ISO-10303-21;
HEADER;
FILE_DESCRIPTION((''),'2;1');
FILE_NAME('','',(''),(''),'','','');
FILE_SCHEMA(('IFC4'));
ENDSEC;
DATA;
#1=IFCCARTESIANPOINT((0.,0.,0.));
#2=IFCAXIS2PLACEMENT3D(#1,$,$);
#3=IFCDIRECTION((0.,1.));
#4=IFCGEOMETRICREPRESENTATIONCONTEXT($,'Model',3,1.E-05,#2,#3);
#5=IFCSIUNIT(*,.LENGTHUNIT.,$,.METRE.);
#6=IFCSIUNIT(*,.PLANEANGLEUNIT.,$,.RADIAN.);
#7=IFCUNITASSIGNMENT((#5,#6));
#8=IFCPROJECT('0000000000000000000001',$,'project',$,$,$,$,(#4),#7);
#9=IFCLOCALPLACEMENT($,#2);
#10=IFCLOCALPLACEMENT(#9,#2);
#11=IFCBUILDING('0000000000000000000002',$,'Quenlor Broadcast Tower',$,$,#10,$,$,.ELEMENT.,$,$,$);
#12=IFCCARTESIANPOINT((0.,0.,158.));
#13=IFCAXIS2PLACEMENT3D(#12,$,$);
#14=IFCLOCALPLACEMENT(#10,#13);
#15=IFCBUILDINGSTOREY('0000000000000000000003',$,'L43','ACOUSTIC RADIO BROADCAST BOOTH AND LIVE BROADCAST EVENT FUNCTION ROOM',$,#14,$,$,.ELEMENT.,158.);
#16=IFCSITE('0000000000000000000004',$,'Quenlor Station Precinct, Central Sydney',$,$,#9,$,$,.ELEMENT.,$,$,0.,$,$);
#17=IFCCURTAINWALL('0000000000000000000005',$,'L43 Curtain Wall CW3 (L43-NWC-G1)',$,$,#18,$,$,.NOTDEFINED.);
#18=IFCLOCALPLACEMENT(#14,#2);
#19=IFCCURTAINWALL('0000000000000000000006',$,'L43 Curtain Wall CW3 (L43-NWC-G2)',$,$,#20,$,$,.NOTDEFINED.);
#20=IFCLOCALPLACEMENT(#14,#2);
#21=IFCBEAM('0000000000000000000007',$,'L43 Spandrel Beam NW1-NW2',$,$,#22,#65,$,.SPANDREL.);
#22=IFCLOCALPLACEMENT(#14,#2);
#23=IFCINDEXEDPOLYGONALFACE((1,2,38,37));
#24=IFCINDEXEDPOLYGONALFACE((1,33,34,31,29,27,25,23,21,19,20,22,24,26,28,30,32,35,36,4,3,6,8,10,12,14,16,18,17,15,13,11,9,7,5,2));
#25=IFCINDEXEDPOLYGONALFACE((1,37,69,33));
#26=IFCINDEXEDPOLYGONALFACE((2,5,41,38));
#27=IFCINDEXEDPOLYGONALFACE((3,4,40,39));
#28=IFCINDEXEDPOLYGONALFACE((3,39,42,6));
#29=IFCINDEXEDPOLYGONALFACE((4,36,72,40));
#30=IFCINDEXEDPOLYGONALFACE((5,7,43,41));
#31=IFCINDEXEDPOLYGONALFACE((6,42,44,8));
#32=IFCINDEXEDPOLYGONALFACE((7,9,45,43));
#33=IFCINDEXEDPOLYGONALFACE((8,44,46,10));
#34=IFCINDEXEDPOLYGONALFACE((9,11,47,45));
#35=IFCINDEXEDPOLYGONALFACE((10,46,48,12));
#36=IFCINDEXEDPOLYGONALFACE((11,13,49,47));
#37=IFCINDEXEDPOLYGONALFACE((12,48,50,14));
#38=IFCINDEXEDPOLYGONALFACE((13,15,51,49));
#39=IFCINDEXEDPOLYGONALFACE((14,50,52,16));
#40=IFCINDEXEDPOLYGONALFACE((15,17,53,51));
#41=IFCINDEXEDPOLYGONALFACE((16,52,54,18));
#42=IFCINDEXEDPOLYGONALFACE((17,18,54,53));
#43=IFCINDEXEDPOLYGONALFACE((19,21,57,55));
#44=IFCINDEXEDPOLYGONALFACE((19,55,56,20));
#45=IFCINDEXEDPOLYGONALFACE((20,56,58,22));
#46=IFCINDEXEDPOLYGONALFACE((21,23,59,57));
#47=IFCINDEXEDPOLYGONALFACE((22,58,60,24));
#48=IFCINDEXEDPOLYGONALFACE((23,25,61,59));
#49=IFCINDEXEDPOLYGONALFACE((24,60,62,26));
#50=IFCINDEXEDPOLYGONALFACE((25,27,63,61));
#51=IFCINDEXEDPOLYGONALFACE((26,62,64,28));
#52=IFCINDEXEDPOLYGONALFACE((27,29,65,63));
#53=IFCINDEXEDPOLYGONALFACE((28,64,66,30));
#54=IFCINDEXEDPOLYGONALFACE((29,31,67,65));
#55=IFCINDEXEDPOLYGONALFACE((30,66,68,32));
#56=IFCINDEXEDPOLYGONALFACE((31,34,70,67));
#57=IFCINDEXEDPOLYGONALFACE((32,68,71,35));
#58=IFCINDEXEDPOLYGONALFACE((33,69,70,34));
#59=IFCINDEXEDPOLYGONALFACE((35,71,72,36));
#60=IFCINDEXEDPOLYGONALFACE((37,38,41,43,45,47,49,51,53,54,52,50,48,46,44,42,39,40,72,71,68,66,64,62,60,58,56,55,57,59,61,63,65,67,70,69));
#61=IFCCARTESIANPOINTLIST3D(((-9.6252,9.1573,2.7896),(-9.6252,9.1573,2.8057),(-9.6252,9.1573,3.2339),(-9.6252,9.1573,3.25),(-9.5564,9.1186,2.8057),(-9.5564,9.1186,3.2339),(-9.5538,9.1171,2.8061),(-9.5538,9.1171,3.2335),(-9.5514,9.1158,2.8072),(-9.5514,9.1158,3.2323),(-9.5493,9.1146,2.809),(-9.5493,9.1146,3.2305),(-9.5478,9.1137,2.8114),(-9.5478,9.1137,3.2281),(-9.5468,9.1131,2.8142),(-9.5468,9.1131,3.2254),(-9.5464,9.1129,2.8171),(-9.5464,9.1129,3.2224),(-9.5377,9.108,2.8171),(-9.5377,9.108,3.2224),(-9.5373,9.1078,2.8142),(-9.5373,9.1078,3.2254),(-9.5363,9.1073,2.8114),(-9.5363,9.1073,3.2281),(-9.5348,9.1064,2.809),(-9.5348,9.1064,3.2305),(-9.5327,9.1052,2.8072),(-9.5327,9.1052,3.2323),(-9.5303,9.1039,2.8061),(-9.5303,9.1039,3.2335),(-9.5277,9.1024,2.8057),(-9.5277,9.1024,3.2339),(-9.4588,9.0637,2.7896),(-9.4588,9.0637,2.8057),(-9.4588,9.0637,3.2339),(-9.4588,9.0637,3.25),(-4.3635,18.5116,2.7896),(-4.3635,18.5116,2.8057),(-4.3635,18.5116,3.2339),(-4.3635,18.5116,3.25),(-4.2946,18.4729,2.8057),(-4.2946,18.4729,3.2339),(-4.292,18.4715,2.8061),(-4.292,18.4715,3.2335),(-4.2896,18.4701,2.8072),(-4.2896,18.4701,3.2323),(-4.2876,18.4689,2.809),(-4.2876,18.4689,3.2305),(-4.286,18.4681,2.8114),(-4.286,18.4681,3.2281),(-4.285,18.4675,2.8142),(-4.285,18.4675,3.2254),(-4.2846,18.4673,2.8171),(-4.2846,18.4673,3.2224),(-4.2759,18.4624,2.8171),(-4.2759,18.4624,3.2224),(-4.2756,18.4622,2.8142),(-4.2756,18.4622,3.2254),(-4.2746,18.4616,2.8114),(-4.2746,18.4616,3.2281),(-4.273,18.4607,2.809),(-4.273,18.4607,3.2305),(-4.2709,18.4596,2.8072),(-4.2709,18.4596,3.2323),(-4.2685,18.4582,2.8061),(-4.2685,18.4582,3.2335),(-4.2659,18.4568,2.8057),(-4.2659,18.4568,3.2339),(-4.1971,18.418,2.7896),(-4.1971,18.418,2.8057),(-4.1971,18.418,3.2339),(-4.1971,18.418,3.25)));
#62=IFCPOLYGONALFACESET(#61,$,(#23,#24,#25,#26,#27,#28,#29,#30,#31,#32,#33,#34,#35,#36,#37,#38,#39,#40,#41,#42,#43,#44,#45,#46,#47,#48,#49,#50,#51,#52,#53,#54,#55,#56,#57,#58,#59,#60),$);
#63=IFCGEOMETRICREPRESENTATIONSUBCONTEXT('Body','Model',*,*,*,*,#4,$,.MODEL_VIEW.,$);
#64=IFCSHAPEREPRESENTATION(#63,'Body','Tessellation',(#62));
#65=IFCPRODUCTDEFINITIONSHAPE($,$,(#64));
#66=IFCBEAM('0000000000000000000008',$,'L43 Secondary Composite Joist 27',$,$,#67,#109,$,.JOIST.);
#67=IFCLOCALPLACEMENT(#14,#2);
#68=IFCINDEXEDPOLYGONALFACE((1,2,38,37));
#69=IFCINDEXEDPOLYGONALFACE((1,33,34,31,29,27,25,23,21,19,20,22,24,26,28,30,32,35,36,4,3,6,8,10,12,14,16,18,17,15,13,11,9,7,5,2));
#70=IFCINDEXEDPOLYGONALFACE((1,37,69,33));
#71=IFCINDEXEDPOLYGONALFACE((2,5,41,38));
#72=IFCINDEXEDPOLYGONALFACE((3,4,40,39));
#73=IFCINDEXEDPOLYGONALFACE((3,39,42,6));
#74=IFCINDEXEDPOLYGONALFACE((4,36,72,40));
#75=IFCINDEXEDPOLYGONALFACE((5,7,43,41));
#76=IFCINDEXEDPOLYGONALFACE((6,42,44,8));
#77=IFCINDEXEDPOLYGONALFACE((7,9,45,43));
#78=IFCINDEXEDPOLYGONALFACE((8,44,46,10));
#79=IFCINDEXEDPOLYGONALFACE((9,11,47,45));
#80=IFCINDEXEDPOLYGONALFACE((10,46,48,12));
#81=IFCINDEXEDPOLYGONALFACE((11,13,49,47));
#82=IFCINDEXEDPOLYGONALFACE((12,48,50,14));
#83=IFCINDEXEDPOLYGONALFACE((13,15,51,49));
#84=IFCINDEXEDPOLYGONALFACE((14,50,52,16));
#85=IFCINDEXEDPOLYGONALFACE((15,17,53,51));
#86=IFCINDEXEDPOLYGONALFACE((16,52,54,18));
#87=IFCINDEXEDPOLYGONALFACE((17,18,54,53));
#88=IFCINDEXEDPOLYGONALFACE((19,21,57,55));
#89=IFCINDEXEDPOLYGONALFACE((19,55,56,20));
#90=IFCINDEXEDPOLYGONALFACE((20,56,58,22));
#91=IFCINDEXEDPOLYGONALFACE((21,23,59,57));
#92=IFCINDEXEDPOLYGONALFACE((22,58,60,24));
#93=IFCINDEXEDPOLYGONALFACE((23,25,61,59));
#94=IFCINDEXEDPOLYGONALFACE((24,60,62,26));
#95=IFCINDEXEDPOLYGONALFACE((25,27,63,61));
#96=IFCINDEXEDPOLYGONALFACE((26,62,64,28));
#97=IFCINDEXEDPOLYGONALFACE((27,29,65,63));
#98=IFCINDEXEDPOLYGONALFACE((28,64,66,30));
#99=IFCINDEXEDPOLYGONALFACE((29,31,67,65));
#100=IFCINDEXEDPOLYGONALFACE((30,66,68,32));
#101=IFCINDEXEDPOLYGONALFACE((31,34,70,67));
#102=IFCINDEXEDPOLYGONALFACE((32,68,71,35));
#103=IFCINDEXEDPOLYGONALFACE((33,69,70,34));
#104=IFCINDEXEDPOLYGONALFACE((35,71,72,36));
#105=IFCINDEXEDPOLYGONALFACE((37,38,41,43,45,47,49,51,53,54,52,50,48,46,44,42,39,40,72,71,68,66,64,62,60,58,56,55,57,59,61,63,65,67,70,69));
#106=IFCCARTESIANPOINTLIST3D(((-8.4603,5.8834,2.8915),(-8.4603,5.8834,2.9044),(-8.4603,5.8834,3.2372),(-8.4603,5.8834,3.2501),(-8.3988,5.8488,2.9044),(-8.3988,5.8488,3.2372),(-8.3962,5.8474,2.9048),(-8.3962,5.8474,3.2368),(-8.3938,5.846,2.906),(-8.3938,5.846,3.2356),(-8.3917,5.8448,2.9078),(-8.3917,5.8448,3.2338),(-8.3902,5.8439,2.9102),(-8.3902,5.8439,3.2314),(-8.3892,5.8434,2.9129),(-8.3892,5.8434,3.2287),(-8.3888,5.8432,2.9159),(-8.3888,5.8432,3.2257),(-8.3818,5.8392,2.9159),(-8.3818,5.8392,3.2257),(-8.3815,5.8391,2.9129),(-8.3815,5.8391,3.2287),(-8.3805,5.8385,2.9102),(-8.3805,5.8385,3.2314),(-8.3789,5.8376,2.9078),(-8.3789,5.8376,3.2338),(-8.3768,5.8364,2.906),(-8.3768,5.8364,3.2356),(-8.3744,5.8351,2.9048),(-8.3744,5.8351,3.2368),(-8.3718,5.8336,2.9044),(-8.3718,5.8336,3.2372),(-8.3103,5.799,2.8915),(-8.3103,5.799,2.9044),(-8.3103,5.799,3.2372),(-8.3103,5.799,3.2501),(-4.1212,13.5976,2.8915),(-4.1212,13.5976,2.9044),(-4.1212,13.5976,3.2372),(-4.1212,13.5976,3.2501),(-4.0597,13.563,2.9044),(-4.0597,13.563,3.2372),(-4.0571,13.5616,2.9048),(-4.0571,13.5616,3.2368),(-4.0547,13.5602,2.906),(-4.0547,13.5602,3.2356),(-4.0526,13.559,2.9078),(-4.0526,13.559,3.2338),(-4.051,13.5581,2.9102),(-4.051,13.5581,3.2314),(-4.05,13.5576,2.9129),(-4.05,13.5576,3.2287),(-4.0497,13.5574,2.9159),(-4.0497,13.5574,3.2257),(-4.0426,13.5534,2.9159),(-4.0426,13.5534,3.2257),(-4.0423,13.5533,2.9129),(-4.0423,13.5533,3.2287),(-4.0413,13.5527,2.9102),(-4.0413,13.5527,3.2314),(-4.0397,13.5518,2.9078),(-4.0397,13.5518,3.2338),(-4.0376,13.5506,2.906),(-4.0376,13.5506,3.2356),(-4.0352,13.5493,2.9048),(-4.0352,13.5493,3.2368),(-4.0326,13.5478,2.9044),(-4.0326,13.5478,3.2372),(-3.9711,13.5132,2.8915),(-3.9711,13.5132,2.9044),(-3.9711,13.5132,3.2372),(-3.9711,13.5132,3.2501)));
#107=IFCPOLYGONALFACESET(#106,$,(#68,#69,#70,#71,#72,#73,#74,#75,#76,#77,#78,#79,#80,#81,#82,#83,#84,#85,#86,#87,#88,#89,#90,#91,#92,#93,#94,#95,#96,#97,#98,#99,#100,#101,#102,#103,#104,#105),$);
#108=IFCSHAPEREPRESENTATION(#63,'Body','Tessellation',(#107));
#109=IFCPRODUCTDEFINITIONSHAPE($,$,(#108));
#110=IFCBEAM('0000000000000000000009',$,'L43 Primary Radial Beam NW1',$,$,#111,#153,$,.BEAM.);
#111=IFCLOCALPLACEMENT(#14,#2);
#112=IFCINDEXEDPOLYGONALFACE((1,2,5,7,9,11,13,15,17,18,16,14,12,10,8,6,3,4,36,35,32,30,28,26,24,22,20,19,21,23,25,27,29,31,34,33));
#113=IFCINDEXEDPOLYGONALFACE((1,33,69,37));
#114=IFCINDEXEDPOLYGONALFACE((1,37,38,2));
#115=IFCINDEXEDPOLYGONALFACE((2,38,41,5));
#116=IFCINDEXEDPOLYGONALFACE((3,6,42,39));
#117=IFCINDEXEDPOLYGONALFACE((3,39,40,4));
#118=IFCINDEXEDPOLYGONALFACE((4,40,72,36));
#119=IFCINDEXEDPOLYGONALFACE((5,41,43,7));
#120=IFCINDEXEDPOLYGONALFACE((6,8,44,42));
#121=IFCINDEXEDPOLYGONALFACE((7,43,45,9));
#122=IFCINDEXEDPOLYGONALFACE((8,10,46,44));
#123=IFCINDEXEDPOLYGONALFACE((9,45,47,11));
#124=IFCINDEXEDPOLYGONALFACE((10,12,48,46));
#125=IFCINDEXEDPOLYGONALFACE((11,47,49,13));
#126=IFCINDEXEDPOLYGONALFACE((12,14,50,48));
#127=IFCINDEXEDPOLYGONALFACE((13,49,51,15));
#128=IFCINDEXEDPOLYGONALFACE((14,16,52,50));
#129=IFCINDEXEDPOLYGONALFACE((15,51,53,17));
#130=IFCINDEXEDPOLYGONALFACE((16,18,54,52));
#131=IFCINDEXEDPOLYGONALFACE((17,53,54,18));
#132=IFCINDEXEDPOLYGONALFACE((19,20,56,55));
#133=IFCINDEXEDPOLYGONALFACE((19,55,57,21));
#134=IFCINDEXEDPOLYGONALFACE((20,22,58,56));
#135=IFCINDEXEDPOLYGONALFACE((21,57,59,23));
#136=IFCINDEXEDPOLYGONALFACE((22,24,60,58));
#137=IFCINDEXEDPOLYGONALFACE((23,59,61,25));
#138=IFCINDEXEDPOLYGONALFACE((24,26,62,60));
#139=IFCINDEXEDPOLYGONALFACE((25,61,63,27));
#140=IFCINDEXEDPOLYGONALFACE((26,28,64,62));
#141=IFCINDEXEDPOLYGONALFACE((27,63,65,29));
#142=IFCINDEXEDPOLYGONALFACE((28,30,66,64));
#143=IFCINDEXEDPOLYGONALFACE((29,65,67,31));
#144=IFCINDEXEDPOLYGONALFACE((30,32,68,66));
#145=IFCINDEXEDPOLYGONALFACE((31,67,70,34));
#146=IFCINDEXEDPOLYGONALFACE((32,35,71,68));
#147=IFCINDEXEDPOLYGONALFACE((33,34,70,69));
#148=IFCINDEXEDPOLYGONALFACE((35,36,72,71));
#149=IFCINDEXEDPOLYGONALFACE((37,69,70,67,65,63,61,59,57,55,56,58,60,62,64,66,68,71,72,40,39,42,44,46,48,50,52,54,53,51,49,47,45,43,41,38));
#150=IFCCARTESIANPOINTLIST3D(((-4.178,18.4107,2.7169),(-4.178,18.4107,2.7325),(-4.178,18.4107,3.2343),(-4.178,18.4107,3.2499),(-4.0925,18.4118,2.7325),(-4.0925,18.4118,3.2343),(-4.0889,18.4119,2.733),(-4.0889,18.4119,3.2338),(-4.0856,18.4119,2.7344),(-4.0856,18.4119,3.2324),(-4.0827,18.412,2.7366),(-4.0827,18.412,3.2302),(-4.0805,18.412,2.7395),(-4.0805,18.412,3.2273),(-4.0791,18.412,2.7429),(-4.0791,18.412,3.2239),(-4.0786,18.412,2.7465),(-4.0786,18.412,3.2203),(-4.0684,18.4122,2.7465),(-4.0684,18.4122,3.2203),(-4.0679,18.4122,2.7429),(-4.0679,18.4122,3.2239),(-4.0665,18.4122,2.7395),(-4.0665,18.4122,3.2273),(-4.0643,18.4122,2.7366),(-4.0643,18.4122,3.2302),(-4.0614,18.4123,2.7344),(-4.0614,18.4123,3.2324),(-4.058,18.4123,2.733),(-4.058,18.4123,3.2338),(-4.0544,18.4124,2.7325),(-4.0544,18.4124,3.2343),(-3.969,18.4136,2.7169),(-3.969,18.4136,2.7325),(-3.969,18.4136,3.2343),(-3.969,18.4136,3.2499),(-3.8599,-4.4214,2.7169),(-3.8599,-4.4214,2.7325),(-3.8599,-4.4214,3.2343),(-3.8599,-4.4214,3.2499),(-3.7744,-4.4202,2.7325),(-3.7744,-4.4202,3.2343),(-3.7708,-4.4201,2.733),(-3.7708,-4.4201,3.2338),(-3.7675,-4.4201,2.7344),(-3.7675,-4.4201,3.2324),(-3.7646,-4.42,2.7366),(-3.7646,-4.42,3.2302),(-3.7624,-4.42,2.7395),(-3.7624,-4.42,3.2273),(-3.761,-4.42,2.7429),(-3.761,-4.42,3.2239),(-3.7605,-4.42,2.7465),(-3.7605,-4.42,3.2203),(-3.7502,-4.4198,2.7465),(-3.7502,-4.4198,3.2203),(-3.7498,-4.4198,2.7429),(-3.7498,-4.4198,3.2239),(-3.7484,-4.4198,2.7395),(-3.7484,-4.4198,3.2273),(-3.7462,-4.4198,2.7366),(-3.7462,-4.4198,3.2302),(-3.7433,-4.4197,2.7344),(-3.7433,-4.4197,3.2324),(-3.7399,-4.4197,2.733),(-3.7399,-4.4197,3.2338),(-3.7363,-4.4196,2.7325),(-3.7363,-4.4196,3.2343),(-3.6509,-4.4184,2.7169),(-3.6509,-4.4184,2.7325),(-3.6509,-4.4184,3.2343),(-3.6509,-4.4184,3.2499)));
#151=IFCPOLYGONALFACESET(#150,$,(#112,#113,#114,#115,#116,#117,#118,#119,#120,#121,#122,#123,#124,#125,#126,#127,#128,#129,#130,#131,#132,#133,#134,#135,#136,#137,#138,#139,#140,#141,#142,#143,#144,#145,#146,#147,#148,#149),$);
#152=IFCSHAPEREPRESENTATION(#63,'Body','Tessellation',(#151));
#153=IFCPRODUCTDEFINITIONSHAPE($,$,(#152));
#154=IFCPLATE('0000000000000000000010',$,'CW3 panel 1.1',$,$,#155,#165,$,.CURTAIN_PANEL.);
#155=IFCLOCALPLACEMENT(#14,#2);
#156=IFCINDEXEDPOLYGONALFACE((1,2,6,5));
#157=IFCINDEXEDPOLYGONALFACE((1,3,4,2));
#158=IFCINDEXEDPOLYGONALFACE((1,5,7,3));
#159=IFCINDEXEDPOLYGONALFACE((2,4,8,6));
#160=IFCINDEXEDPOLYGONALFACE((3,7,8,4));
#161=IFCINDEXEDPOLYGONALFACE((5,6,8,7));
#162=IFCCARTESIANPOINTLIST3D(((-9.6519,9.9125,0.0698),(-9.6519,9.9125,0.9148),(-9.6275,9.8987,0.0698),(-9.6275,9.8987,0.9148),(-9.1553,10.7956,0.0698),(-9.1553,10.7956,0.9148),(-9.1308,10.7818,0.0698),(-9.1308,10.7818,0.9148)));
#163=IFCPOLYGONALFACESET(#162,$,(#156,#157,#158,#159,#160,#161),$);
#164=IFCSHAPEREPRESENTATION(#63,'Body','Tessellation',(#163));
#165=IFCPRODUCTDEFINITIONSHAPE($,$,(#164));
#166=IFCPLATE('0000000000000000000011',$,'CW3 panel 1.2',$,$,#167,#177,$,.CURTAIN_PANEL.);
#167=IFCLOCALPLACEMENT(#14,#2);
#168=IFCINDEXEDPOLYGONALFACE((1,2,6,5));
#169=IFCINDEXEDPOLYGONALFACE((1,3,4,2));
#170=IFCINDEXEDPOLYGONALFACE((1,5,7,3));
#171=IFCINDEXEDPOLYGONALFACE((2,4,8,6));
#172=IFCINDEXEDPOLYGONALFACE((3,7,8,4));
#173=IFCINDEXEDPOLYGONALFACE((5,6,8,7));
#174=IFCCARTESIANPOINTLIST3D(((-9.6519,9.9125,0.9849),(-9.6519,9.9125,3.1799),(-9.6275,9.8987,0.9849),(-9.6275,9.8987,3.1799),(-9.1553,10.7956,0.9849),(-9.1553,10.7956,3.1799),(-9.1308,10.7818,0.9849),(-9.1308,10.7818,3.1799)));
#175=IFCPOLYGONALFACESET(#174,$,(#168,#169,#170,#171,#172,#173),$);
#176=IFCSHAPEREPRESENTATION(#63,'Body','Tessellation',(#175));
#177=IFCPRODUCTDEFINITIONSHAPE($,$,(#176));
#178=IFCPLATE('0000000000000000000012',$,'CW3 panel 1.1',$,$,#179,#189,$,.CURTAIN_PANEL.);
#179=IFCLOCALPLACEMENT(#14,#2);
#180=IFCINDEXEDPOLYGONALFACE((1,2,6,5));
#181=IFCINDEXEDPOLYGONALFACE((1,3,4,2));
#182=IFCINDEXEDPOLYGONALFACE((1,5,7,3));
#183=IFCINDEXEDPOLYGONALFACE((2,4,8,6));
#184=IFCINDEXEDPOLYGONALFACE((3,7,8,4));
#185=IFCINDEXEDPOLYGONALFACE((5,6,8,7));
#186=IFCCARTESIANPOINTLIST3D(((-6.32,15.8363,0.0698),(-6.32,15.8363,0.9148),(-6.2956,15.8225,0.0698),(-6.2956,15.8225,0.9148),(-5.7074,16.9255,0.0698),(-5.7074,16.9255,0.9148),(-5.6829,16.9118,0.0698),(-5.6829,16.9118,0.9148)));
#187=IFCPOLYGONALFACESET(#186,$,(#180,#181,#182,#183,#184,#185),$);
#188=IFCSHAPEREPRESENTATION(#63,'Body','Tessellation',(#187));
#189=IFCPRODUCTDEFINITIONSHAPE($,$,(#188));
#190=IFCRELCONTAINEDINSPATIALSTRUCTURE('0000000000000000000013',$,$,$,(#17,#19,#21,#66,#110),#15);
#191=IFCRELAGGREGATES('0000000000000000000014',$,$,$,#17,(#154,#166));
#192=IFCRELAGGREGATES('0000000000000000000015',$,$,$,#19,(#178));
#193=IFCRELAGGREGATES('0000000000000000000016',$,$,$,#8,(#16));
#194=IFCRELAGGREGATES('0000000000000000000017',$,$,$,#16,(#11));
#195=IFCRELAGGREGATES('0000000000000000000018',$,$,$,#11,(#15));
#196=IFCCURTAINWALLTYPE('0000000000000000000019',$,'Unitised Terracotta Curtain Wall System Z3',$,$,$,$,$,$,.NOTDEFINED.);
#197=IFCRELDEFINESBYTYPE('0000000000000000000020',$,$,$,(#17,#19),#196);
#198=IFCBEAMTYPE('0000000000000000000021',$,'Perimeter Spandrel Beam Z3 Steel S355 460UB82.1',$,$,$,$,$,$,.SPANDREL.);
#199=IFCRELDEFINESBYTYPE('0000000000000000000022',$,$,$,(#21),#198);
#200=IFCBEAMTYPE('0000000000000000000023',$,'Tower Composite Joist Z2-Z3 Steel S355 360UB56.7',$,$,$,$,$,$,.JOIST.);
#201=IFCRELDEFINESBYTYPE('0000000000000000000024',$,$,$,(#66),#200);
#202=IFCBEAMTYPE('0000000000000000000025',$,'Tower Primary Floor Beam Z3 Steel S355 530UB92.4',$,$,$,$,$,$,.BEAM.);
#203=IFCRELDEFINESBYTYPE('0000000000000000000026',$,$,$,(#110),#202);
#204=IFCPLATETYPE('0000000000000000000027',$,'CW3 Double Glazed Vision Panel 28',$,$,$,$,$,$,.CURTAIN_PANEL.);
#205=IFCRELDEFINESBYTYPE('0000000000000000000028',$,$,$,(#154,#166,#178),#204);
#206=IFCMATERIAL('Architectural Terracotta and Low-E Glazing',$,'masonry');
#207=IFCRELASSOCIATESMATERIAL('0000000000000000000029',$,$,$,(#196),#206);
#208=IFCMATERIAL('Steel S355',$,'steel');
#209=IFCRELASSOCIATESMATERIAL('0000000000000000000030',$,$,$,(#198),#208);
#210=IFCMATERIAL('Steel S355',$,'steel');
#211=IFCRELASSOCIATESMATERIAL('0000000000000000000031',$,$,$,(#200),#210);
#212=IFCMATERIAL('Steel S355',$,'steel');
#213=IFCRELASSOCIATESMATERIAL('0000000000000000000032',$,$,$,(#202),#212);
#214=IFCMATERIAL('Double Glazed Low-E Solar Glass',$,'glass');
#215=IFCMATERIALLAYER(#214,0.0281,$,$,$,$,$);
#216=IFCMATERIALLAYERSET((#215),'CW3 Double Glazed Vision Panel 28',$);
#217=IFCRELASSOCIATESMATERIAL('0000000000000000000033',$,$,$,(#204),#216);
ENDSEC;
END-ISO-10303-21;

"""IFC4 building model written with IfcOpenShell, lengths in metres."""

from ifc_helpers import new_model, si_unit, direction, frame, origin, origin_2d, place, context, subcontext, project, spatial, rectangle, i_section, extrude, material, layer, layer_set, material_profile, profile_set, type_object, element, aggregate, save


model = new_model("IFC4")

# Units and contexts
model_context = context("Model", 3, precision=1e-05, world=origin(), true_north=direction((0.0, 1.0)))
body_context = subcontext(model_context, "Body", "Model", "MODEL_VIEW")
ifc_project = project(units=[si_unit("LENGTHUNIT", "METRE"), si_unit("PLANEANGLEUNIT", "RADIAN")], contexts=[model_context])

# Site, building, storey
site_placement = place(None, origin())
site = spatial("IfcSite", under=ifc_project, at=site_placement, Name="Quenlor Station Precinct, Central Sydney", CompositionType="ELEMENT", RefElevation=0.0)
building_placement = place(site_placement, origin())
building = spatial("IfcBuilding", under=site, at=building_placement, Name="Quenlor Broadcast Tower", CompositionType="ELEMENT")
storey_placement = place(building_placement, frame((0.0, 0.0, 158.0)))
storey = spatial("IfcBuildingStorey", under=building, at=storey_placement, Name="L43", Description="ACOUSTIC RADIO BROADCAST BOOTH AND LIVE BROADCAST EVENT FUNCTION ROOM", CompositionType="ELEMENT", Elevation=158.0)

# Curtain wall
ifc_material_1 = material(Name="Architectural Terracotta and Low-E Glazing", Category="masonry")
curtain_wall_type = type_object("IfcCurtainWallType", Name="Unitised Terracotta Curtain Wall System Z3", PredefinedType="NOTDEFINED", material=ifc_material_1)
curtain_wall_1_placement = place(storey_placement, origin())
curtain_wall_1 = element("IfcCurtainWall", 1, at=curtain_wall_1_placement, inside=storey, type_object=curtain_wall_type, Name="L43 Curtain Wall CW3 (L43-NWC-G1)", PredefinedType="NOTDEFINED")

# Curtain wall
curtain_wall_2_placement = place(storey_placement, origin())
curtain_wall_2 = element("IfcCurtainWall", 2, at=curtain_wall_2_placement, inside=storey, type_object=curtain_wall_type, Name="L43 Curtain Wall CW3 (L43-NWC-G2)", PredefinedType="NOTDEFINED")

# Beams
ifc_material_2 = material(Name="Steel S355", Category="steel")
ifc_material_profile_1 = material_profile(ifc_material_2, i_section(OverallWidth=0.1909, OverallDepth=0.4604, WebThickness=0.01, FlangeThickness=0.0161, FilletRadius=0.0115, at=origin_2d()))
ifc_profile_set_1 = profile_set([ifc_material_profile_1], Name="Steel S355 460UB82.1")
beam_type_1 = type_object("IfcBeamType", Name="Perimeter Spandrel Beam Z3 Steel S355 460UB82.1", PredefinedType="SPANDREL", material=ifc_profile_set_1)
beam_1_placement = place(storey_placement, frame((-4.2803, 18.4648, 3.0198), z_axis=(-0.490258, -0.871577, 0.0), x_axis=(0.871577, -0.490258, 0.0)))
element("IfcBeam", 3, at=beam_1_placement, inside=storey, type_object=beam_type_1, Name="L43 Spandrel Beam NW1-NW2", PredefinedType="SPANDREL", context=body_context, shape_type="SweptSolid", body=[
    extrude(i_section(OverallWidth=0.1909, OverallDepth=0.4604, WebThickness=0.01, FlangeThickness=0.0161, FilletRadius=0.0115, at=origin_2d()), origin(), (0.0, 0.0, 1.0), 10.7327),
])
ifc_material_3 = material(Name="Steel S355", Category="steel")
ifc_material_profile_2 = material_profile(ifc_material_3, i_section(OverallWidth=0.1721, OverallDepth=0.3586, WebThickness=0.0081, FlangeThickness=0.0129, FilletRadius=0.0115, at=origin_2d()))
ifc_profile_set_2 = profile_set([ifc_material_profile_2], Name="Steel S355 360UB56.7")
beam_type_2 = type_object("IfcBeamType", Name="Tower Composite Joist Z2-Z3 Steel S355 360UB56.7", PredefinedType="JOIST", material=ifc_profile_set_2)
beam_2_placement = place(storey_placement, frame((-4.0461, 13.5554, 3.0708), z_axis=(-0.490255, -0.871579, 0.0), x_axis=(0.871579, -0.490255, 0.0)))
element("IfcBeam", 4, at=beam_2_placement, inside=storey, type_object=beam_type_2, Name="L43 Secondary Composite Joist 27", PredefinedType="JOIST", context=body_context, shape_type="SweptSolid", body=[
    extrude(i_section(OverallWidth=0.1721, OverallDepth=0.3586, WebThickness=0.0081, FlangeThickness=0.0129, FilletRadius=0.0115, at=origin_2d()), origin(), (0.0, 0.0, 1.0), 8.8508),
])
ifc_material_4 = material(Name="Steel S355", Category="steel")
ifc_material_profile_3 = material_profile(ifc_material_4, i_section(OverallWidth=0.209, OverallDepth=0.533, WebThickness=0.0103, FlangeThickness=0.0156, FilletRadius=0.0139, at=origin_2d()))
ifc_profile_set_3 = profile_set([ifc_material_profile_3], Name="Steel S355 530UB92.4")
beam_type_3 = type_object("IfcBeamType", Name="Tower Primary Floor Beam Z3 Steel S355 530UB92.4", PredefinedType="BEAM", material=ifc_profile_set_3)
beam_3_placement = place(storey_placement, frame((-4.0735, 18.4121, 2.9834), z_axis=(0.013931, -0.999903, 0.0), x_axis=(0.999903, 0.013931, 0.0)))
element("IfcBeam", 5, at=beam_3_placement, inside=storey, type_object=beam_type_3, Name="L43 Primary Radial Beam NW1", PredefinedType="BEAM", context=body_context, shape_type="SweptSolid", body=[
    extrude(i_section(OverallWidth=0.209, OverallDepth=0.533, WebThickness=0.0103, FlangeThickness=0.0156, FilletRadius=0.0139, at=origin_2d()), origin(), (0.0, 0.0, 1.0), 22.8342),
])

# Plates
ifc_material_5 = material(Name="Double Glazed Low-E Solar Glass", Category="glass")
ifc_layer_1 = layer(ifc_material_5, 0.0281)
ifc_layer_set_1 = layer_set([ifc_layer_1], Name="CW3 Double Glazed Vision Panel 28")
plate_type_1 = type_object("IfcPlateType", Name="CW3 Double Glazed Vision Panel 28", PredefinedType="CURTAIN_PANEL", material=ifc_layer_set_1)
plate_1_placement = place(storey_placement, frame((-9.3914, 10.3472, 0.0698), z_axis=(0.0, 0.0, 1.0), x_axis=(0.490216, 0.871601, 0.0)))
plate_1 = element("IfcPlate", 6, at=plate_1_placement, type_object=plate_type_1, Name="CW3 panel 1.1", PredefinedType="CURTAIN_PANEL", context=body_context, shape_type="SweptSolid", body=[
    extrude(rectangle(XDim=1.0132, YDim=0.0281, at=origin_2d()), origin(), (0.0, 0.0, 1.0), 0.845),
])
plate_2_placement = place(storey_placement, frame((-9.3914, 10.3472, 0.9849), z_axis=(0.0, 0.0, 1.0), x_axis=(0.490216, 0.871601, 0.0)))
plate_2 = element("IfcPlate", 7, at=plate_2_placement, type_object=plate_type_1, Name="CW3 panel 1.2", PredefinedType="CURTAIN_PANEL", context=body_context, shape_type="SweptSolid", body=[
    extrude(rectangle(XDim=1.0132, YDim=0.0281, at=origin_2d()), origin(), (0.0, 0.0, 1.0), 2.1951),
])
aggregate(curtain_wall_1, [plate_1, plate_2])
plate_3_placement = place(storey_placement, frame((-6.0015, 16.374, 0.0698), z_axis=(0.0, 0.0, 1.0), x_axis=(0.49023, 0.871593, 0.0)))
plate_3 = element("IfcPlate", 8, at=plate_3_placement, type_object=plate_type_1, Name="CW3 panel 1.1", PredefinedType="CURTAIN_PANEL", context=body_context, shape_type="SweptSolid", body=[
    extrude(rectangle(XDim=1.2498, YDim=0.0281, at=origin_2d()), origin(), (0.0, 0.0, 1.0), 0.845),
])
aggregate(curtain_wall_2, [plate_3])

save(model, "model.ifc")
